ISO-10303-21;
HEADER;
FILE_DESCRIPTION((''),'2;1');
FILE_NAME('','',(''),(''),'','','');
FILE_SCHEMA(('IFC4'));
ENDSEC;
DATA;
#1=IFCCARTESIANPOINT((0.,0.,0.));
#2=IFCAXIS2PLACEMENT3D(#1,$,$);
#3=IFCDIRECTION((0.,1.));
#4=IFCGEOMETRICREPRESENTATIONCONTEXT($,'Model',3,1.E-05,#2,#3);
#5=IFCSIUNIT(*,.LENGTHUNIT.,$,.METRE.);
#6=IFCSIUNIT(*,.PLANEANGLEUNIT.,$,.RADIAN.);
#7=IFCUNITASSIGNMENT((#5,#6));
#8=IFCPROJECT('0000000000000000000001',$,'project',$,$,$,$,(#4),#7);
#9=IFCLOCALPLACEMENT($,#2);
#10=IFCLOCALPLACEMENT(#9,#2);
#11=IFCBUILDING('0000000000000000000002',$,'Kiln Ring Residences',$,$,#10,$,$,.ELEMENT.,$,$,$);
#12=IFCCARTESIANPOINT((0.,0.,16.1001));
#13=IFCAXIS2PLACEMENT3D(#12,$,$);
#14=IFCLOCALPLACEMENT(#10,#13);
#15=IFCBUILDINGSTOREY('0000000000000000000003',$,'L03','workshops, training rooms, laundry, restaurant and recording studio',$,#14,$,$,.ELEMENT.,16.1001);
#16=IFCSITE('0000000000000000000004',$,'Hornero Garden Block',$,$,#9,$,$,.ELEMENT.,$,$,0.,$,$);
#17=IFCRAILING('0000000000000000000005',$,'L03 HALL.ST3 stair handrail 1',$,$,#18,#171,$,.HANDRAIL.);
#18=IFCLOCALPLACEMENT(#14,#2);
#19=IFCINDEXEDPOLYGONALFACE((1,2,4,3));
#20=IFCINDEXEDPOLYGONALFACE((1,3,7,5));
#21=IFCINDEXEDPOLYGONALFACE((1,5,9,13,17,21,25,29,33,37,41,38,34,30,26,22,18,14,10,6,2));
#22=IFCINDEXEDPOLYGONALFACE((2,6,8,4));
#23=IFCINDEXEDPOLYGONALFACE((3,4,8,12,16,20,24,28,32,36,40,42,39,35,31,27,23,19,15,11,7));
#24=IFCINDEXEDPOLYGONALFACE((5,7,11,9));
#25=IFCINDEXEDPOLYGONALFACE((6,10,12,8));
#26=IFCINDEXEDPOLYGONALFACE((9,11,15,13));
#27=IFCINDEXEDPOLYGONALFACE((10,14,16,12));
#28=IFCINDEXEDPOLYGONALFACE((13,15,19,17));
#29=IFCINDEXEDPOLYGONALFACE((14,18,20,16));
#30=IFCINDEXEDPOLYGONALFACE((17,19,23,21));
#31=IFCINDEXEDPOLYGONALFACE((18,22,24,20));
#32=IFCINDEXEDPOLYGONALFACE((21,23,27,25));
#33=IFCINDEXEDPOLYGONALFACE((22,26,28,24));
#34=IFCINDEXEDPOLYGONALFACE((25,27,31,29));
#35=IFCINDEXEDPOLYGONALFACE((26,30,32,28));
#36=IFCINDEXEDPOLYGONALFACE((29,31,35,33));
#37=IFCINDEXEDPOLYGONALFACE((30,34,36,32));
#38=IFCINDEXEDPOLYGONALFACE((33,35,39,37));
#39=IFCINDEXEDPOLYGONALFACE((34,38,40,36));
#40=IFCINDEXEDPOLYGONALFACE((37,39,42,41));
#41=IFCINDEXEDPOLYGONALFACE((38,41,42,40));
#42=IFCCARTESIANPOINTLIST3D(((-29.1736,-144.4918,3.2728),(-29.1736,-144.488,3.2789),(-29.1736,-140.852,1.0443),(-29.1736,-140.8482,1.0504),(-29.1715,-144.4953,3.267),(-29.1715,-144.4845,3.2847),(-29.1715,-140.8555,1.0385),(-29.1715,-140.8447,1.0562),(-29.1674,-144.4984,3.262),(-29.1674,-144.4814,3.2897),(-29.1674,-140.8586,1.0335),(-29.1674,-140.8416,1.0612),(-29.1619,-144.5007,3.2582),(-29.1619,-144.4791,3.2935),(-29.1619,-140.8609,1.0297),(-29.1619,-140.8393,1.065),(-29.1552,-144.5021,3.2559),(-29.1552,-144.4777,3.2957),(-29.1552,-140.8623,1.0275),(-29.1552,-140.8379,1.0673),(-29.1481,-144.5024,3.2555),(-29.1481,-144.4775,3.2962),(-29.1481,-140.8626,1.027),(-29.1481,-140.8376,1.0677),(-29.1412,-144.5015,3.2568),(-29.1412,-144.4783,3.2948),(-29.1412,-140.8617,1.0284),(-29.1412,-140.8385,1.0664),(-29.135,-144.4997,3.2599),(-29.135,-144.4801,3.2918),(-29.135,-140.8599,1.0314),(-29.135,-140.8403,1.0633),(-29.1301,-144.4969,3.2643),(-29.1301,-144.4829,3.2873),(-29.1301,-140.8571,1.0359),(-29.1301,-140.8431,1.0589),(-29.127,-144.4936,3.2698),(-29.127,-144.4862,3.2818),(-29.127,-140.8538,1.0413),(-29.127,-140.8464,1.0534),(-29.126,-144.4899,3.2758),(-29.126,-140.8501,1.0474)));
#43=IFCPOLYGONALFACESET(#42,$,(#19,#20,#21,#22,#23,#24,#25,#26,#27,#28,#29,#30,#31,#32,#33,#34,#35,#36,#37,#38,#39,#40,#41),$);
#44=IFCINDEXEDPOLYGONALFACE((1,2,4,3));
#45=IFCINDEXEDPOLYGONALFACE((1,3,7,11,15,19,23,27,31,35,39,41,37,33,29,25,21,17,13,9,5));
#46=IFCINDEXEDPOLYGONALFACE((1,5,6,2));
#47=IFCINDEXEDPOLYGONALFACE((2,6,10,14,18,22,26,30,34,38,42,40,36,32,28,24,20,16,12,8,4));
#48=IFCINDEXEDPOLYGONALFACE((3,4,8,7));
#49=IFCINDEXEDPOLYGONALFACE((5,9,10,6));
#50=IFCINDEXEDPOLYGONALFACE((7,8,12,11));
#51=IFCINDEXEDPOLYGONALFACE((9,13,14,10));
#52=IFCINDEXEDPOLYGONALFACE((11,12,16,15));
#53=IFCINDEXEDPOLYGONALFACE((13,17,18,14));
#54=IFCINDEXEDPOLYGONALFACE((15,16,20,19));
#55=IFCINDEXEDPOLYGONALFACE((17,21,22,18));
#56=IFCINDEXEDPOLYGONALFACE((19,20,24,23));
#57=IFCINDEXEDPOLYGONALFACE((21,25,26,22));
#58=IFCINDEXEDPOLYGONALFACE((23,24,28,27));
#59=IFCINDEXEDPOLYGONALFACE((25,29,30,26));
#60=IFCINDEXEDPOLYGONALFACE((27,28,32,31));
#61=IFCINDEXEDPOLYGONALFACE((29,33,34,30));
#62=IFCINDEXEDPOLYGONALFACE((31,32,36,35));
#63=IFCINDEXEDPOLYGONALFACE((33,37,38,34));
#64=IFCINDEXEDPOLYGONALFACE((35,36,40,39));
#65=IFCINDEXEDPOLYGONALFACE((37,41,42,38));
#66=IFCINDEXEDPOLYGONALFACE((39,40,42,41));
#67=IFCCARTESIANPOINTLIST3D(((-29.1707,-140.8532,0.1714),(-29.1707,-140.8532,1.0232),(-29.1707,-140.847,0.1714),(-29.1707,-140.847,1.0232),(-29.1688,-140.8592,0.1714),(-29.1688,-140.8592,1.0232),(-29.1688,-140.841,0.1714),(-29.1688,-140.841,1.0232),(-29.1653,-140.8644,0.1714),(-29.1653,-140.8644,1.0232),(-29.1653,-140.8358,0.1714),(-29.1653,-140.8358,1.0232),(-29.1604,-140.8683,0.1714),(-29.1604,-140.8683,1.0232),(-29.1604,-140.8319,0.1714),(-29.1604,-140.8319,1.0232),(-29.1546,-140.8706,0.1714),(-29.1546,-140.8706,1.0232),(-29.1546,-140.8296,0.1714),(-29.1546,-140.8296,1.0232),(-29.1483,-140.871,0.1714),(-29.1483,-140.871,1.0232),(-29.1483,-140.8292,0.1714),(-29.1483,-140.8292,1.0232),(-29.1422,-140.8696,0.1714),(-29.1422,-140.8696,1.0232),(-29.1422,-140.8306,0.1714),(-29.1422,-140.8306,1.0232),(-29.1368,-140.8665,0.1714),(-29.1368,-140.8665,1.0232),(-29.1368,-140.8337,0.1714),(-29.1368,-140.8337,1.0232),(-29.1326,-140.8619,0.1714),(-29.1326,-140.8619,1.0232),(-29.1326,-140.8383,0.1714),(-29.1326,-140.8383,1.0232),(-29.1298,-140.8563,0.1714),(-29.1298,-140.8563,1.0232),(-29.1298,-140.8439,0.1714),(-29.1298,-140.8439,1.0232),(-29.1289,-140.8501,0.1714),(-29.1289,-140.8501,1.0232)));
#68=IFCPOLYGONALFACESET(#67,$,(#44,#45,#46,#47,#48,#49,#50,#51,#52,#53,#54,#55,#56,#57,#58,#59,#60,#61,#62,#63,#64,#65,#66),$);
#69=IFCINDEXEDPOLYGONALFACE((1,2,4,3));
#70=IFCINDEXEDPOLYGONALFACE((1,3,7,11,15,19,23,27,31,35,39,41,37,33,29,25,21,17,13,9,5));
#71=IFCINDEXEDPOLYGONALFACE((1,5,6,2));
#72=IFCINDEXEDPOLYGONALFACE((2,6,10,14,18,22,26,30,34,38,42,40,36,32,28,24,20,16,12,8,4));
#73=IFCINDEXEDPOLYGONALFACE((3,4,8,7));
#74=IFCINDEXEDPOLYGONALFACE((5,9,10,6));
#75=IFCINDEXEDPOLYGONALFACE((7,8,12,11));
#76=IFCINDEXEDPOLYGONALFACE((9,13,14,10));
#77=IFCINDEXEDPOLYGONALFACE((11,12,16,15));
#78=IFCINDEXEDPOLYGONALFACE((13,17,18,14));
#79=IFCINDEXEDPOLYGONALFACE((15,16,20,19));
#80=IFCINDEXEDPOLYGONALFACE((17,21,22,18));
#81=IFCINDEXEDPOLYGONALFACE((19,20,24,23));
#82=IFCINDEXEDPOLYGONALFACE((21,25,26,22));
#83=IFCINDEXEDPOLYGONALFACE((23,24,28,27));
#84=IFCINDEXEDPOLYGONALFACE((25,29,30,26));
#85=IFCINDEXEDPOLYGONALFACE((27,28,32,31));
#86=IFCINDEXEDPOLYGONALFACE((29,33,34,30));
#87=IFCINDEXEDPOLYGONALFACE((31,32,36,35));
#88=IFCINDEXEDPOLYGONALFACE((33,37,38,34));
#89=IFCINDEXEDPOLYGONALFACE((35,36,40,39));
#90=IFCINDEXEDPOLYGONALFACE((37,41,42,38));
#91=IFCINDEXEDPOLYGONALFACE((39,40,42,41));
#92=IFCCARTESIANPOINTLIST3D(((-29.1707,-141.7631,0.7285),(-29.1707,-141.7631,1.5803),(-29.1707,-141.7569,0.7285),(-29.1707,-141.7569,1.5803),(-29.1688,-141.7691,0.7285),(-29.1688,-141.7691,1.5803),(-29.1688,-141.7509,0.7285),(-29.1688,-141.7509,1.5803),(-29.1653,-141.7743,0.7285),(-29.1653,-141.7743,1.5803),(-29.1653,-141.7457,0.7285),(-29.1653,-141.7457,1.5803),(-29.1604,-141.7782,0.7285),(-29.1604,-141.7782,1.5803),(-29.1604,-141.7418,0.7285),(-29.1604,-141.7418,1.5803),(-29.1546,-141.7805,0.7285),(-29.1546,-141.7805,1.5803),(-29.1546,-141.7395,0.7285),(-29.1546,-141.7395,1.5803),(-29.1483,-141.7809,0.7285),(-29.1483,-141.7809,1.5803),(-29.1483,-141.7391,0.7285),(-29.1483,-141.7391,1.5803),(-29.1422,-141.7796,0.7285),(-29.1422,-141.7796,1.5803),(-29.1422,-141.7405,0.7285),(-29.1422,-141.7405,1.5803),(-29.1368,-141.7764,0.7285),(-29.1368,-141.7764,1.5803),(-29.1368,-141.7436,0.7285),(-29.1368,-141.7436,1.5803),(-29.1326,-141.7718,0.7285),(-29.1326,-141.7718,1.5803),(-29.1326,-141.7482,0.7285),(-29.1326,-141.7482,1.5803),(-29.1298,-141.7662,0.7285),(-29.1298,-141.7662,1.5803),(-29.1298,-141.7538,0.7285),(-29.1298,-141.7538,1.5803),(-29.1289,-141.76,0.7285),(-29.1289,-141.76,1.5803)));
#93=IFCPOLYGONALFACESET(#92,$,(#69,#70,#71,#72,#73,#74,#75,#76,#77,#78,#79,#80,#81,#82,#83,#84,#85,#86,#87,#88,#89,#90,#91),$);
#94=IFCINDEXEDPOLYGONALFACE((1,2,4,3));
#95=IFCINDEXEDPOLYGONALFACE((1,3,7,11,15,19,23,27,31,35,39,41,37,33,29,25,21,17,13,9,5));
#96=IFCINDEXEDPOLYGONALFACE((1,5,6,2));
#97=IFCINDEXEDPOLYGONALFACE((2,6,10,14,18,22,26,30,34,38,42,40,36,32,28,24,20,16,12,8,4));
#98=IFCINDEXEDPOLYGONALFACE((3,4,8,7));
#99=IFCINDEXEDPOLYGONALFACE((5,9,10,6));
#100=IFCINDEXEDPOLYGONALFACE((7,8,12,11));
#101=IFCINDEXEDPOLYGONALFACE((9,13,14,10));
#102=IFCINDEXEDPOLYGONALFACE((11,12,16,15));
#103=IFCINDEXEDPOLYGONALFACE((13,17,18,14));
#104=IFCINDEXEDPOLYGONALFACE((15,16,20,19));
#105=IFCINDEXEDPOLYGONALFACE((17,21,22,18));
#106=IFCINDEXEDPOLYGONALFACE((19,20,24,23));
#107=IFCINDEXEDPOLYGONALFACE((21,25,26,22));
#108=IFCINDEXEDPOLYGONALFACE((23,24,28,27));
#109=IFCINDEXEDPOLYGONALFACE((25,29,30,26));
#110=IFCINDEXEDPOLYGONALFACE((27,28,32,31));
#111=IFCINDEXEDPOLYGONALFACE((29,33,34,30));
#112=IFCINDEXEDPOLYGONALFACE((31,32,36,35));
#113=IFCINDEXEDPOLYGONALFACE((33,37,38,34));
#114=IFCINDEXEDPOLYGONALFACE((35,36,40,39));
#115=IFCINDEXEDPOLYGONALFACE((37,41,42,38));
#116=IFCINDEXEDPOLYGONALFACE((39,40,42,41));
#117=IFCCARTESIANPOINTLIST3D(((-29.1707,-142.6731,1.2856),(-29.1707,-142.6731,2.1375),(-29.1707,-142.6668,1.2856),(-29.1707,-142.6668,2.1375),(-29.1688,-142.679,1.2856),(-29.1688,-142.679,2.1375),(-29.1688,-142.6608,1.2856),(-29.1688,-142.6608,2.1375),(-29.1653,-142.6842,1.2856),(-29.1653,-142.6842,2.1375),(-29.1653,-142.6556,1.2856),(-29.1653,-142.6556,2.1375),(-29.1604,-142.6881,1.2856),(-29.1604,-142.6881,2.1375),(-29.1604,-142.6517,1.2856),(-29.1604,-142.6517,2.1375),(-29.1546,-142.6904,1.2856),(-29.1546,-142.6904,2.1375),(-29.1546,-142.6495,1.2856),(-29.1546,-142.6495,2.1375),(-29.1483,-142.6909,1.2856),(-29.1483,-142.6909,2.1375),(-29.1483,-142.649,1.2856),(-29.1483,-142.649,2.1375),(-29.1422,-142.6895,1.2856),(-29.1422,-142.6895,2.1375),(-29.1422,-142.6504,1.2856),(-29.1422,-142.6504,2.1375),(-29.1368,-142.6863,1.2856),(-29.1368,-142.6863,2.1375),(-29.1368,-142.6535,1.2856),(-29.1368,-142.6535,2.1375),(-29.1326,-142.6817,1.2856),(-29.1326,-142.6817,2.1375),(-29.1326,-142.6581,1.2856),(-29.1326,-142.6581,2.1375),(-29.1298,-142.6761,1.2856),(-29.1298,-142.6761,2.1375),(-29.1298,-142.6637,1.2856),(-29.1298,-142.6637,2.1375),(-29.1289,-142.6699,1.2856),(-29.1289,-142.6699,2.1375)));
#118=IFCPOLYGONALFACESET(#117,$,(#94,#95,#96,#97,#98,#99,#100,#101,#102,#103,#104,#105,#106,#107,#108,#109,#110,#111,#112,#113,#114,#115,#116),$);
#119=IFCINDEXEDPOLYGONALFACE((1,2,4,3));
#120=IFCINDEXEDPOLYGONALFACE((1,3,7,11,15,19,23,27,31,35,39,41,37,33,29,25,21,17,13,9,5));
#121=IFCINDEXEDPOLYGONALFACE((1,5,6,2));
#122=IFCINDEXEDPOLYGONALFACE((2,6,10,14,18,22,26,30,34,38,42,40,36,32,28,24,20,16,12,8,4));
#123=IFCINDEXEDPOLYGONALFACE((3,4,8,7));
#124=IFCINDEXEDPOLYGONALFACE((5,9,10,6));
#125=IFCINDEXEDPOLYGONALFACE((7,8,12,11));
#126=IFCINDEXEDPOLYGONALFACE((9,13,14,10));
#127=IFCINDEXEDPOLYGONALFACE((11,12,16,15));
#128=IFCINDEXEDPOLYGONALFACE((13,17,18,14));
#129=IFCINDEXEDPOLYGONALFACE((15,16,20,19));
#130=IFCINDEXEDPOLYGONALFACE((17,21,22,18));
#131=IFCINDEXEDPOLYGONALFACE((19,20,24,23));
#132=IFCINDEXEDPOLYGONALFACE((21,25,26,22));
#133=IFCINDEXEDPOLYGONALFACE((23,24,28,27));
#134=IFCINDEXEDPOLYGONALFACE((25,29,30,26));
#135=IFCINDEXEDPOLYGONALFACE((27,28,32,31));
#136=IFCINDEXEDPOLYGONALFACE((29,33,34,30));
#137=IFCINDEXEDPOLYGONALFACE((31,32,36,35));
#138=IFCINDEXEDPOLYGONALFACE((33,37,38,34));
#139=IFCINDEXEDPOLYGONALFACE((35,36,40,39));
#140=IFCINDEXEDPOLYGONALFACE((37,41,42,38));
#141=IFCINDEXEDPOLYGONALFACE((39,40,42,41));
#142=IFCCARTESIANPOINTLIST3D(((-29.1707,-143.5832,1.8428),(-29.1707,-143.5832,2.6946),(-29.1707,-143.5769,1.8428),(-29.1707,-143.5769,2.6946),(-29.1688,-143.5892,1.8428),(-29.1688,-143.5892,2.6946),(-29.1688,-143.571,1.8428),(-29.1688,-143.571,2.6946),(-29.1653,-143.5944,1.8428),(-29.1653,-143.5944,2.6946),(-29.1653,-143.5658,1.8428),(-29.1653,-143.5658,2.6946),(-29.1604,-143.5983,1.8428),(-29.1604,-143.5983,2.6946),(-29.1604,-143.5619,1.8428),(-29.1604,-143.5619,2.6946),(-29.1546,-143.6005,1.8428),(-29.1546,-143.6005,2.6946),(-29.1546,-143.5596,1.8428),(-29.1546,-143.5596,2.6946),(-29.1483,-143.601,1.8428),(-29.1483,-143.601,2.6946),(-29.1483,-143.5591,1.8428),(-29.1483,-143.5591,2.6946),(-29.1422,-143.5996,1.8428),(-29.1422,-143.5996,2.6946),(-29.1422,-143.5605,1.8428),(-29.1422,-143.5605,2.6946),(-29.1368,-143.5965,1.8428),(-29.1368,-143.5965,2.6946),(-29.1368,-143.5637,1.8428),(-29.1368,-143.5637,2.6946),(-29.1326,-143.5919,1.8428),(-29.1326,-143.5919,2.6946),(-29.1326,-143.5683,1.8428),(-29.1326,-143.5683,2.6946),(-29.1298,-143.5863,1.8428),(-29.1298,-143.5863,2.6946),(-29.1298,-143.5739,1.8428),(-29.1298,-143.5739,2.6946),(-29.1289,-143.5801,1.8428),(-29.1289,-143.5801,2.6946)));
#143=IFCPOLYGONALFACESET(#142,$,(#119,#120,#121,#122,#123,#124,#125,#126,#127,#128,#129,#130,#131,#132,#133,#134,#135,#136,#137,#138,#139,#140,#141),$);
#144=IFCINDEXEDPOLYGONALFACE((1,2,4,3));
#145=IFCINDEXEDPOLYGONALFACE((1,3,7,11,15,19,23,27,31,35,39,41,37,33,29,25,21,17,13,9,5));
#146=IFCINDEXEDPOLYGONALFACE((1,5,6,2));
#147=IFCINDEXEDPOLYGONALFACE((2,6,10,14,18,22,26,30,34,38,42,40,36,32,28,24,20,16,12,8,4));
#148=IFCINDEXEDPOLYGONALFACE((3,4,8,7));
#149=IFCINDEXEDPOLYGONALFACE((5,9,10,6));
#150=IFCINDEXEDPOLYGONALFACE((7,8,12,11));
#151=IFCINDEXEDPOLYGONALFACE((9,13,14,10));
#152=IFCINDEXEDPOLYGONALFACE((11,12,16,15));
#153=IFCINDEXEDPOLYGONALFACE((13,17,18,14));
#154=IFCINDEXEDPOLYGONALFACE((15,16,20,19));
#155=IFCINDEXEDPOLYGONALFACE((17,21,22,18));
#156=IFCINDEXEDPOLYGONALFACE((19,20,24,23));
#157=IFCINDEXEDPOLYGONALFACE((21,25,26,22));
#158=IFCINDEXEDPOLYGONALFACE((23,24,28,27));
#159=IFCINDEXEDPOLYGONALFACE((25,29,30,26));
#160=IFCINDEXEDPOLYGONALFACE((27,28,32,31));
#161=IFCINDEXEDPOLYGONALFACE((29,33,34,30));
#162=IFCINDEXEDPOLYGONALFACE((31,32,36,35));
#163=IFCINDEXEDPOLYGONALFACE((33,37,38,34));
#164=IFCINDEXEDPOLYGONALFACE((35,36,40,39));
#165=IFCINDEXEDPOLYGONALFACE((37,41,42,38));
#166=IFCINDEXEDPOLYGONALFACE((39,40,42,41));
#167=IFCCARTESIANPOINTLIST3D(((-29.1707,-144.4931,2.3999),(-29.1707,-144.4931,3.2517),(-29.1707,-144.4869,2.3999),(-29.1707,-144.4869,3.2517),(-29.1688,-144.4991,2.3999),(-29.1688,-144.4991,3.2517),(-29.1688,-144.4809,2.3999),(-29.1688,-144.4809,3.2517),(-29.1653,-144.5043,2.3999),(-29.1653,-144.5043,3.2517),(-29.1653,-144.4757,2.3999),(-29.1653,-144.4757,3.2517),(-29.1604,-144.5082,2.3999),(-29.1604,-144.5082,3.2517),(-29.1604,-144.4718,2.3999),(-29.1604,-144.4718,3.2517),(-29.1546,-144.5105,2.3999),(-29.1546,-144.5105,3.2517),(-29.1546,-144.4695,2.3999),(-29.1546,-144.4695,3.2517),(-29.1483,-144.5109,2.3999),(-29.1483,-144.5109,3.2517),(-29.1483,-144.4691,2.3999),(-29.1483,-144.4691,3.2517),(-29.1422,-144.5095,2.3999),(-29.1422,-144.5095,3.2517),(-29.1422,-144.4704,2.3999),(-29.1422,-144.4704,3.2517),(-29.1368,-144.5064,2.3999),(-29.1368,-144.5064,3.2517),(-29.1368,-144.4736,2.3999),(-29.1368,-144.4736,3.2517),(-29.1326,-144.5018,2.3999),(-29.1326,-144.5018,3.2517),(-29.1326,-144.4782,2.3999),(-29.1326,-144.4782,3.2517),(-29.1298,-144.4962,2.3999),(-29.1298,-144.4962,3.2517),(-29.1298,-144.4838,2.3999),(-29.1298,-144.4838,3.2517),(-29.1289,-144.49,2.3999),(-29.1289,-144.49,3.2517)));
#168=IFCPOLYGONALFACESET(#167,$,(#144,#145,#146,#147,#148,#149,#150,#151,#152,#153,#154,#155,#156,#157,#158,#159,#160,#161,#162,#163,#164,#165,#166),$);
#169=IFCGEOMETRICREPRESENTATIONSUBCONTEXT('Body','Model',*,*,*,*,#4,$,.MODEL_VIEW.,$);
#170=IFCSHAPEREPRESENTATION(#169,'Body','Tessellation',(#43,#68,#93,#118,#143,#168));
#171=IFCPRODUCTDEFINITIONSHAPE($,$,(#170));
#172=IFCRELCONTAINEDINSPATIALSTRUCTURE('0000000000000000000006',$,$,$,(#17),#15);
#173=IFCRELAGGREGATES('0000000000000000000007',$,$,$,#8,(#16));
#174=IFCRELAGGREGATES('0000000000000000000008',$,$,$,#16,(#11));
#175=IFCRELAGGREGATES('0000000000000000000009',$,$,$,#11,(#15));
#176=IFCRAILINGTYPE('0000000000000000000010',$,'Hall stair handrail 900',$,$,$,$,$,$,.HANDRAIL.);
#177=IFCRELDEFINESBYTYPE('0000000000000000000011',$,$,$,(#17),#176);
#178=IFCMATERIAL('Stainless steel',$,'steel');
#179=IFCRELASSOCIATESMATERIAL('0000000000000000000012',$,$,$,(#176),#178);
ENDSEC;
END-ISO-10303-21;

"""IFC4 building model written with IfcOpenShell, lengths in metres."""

from ifc_helpers import new_model, si_unit, direction, frame, origin, origin_2d, place, context, subcontext, project, spatial, circle, extrude, material, type_object, element, save


model = new_model("IFC4")

# Units and contexts
model_context = context("Model", 3, precision=1e-05, world=origin(), true_north=direction((0.0, 1.0)))
body_context = subcontext(model_context, "Body", "Model", "MODEL_VIEW")
ifc_project = project(units=[si_unit("LENGTHUNIT", "METRE"), si_unit("PLANEANGLEUNIT", "RADIAN")], contexts=[model_context])

# Site, building, storey
site_placement = place(None, origin())
site = spatial("IfcSite", under=ifc_project, at=site_placement, Name="Hornero Garden Block", CompositionType="ELEMENT", RefElevation=0.0)
building_placement = place(site_placement, origin())
building = spatial("IfcBuilding", under=site, at=building_placement, Name="Kiln Ring Residences", CompositionType="ELEMENT")
storey_placement = place(building_placement, frame((0.0, 0.0, 16.1001)))
storey = spatial("IfcBuildingStorey", under=building, at=storey_placement, Name="L03", Description="workshops, training rooms, laundry, restaurant and recording studio", CompositionType="ELEMENT", Elevation=16.1001)

# Railing
ifc_material_1 = material(Name="Stainless steel", Category="steel")
railing_type_1 = type_object("IfcRailingType", Name="Hall stair handrail 900", PredefinedType="HANDRAIL", material=ifc_material_1)
railing_1_placement = place(storey_placement, frame((-29.1499, -140.8501, 0.1714)))
element("IfcRailing", 1, at=railing_1_placement, inside=storey, type_object=railing_type_1, Name="L03 HALL.ST3 stair handrail 1", PredefinedType="HANDRAIL", context=body_context, shape_type="SweptSolid", body=[
    extrude(circle(Radius=0.0239, at=origin_2d()), frame((0.0, 0.0, 0.876), z_axis=(0.0, -0.85285, 0.522156), x_axis=(1.0, 0.0, 0.0)), (0.0, 0.0, 1.0), 4.2678),
    extrude(circle(Radius=0.021, at=origin_2d()), origin(), (0.0, 0.0, 1.0), 0.8518),
    extrude(circle(Radius=0.021, at=origin_2d()), frame((0.0, -0.9099, 0.5571)), (0.0, 0.0, 1.0), 0.8518),
    extrude(circle(Radius=0.021, at=origin_2d()), frame((0.0, -1.8198, 1.1143)), (0.0, 0.0, 1.0), 0.8518),
    extrude(circle(Radius=0.021, at=origin_2d()), frame((0.0, -2.73, 1.6714)), (0.0, 0.0, 1.0), 0.8518),
    extrude(circle(Radius=0.021, at=origin_2d()), frame((0.0, -3.6399, 2.2285)), (0.0, 0.0, 1.0), 0.8518),
])

save(model, "model.ifc")
